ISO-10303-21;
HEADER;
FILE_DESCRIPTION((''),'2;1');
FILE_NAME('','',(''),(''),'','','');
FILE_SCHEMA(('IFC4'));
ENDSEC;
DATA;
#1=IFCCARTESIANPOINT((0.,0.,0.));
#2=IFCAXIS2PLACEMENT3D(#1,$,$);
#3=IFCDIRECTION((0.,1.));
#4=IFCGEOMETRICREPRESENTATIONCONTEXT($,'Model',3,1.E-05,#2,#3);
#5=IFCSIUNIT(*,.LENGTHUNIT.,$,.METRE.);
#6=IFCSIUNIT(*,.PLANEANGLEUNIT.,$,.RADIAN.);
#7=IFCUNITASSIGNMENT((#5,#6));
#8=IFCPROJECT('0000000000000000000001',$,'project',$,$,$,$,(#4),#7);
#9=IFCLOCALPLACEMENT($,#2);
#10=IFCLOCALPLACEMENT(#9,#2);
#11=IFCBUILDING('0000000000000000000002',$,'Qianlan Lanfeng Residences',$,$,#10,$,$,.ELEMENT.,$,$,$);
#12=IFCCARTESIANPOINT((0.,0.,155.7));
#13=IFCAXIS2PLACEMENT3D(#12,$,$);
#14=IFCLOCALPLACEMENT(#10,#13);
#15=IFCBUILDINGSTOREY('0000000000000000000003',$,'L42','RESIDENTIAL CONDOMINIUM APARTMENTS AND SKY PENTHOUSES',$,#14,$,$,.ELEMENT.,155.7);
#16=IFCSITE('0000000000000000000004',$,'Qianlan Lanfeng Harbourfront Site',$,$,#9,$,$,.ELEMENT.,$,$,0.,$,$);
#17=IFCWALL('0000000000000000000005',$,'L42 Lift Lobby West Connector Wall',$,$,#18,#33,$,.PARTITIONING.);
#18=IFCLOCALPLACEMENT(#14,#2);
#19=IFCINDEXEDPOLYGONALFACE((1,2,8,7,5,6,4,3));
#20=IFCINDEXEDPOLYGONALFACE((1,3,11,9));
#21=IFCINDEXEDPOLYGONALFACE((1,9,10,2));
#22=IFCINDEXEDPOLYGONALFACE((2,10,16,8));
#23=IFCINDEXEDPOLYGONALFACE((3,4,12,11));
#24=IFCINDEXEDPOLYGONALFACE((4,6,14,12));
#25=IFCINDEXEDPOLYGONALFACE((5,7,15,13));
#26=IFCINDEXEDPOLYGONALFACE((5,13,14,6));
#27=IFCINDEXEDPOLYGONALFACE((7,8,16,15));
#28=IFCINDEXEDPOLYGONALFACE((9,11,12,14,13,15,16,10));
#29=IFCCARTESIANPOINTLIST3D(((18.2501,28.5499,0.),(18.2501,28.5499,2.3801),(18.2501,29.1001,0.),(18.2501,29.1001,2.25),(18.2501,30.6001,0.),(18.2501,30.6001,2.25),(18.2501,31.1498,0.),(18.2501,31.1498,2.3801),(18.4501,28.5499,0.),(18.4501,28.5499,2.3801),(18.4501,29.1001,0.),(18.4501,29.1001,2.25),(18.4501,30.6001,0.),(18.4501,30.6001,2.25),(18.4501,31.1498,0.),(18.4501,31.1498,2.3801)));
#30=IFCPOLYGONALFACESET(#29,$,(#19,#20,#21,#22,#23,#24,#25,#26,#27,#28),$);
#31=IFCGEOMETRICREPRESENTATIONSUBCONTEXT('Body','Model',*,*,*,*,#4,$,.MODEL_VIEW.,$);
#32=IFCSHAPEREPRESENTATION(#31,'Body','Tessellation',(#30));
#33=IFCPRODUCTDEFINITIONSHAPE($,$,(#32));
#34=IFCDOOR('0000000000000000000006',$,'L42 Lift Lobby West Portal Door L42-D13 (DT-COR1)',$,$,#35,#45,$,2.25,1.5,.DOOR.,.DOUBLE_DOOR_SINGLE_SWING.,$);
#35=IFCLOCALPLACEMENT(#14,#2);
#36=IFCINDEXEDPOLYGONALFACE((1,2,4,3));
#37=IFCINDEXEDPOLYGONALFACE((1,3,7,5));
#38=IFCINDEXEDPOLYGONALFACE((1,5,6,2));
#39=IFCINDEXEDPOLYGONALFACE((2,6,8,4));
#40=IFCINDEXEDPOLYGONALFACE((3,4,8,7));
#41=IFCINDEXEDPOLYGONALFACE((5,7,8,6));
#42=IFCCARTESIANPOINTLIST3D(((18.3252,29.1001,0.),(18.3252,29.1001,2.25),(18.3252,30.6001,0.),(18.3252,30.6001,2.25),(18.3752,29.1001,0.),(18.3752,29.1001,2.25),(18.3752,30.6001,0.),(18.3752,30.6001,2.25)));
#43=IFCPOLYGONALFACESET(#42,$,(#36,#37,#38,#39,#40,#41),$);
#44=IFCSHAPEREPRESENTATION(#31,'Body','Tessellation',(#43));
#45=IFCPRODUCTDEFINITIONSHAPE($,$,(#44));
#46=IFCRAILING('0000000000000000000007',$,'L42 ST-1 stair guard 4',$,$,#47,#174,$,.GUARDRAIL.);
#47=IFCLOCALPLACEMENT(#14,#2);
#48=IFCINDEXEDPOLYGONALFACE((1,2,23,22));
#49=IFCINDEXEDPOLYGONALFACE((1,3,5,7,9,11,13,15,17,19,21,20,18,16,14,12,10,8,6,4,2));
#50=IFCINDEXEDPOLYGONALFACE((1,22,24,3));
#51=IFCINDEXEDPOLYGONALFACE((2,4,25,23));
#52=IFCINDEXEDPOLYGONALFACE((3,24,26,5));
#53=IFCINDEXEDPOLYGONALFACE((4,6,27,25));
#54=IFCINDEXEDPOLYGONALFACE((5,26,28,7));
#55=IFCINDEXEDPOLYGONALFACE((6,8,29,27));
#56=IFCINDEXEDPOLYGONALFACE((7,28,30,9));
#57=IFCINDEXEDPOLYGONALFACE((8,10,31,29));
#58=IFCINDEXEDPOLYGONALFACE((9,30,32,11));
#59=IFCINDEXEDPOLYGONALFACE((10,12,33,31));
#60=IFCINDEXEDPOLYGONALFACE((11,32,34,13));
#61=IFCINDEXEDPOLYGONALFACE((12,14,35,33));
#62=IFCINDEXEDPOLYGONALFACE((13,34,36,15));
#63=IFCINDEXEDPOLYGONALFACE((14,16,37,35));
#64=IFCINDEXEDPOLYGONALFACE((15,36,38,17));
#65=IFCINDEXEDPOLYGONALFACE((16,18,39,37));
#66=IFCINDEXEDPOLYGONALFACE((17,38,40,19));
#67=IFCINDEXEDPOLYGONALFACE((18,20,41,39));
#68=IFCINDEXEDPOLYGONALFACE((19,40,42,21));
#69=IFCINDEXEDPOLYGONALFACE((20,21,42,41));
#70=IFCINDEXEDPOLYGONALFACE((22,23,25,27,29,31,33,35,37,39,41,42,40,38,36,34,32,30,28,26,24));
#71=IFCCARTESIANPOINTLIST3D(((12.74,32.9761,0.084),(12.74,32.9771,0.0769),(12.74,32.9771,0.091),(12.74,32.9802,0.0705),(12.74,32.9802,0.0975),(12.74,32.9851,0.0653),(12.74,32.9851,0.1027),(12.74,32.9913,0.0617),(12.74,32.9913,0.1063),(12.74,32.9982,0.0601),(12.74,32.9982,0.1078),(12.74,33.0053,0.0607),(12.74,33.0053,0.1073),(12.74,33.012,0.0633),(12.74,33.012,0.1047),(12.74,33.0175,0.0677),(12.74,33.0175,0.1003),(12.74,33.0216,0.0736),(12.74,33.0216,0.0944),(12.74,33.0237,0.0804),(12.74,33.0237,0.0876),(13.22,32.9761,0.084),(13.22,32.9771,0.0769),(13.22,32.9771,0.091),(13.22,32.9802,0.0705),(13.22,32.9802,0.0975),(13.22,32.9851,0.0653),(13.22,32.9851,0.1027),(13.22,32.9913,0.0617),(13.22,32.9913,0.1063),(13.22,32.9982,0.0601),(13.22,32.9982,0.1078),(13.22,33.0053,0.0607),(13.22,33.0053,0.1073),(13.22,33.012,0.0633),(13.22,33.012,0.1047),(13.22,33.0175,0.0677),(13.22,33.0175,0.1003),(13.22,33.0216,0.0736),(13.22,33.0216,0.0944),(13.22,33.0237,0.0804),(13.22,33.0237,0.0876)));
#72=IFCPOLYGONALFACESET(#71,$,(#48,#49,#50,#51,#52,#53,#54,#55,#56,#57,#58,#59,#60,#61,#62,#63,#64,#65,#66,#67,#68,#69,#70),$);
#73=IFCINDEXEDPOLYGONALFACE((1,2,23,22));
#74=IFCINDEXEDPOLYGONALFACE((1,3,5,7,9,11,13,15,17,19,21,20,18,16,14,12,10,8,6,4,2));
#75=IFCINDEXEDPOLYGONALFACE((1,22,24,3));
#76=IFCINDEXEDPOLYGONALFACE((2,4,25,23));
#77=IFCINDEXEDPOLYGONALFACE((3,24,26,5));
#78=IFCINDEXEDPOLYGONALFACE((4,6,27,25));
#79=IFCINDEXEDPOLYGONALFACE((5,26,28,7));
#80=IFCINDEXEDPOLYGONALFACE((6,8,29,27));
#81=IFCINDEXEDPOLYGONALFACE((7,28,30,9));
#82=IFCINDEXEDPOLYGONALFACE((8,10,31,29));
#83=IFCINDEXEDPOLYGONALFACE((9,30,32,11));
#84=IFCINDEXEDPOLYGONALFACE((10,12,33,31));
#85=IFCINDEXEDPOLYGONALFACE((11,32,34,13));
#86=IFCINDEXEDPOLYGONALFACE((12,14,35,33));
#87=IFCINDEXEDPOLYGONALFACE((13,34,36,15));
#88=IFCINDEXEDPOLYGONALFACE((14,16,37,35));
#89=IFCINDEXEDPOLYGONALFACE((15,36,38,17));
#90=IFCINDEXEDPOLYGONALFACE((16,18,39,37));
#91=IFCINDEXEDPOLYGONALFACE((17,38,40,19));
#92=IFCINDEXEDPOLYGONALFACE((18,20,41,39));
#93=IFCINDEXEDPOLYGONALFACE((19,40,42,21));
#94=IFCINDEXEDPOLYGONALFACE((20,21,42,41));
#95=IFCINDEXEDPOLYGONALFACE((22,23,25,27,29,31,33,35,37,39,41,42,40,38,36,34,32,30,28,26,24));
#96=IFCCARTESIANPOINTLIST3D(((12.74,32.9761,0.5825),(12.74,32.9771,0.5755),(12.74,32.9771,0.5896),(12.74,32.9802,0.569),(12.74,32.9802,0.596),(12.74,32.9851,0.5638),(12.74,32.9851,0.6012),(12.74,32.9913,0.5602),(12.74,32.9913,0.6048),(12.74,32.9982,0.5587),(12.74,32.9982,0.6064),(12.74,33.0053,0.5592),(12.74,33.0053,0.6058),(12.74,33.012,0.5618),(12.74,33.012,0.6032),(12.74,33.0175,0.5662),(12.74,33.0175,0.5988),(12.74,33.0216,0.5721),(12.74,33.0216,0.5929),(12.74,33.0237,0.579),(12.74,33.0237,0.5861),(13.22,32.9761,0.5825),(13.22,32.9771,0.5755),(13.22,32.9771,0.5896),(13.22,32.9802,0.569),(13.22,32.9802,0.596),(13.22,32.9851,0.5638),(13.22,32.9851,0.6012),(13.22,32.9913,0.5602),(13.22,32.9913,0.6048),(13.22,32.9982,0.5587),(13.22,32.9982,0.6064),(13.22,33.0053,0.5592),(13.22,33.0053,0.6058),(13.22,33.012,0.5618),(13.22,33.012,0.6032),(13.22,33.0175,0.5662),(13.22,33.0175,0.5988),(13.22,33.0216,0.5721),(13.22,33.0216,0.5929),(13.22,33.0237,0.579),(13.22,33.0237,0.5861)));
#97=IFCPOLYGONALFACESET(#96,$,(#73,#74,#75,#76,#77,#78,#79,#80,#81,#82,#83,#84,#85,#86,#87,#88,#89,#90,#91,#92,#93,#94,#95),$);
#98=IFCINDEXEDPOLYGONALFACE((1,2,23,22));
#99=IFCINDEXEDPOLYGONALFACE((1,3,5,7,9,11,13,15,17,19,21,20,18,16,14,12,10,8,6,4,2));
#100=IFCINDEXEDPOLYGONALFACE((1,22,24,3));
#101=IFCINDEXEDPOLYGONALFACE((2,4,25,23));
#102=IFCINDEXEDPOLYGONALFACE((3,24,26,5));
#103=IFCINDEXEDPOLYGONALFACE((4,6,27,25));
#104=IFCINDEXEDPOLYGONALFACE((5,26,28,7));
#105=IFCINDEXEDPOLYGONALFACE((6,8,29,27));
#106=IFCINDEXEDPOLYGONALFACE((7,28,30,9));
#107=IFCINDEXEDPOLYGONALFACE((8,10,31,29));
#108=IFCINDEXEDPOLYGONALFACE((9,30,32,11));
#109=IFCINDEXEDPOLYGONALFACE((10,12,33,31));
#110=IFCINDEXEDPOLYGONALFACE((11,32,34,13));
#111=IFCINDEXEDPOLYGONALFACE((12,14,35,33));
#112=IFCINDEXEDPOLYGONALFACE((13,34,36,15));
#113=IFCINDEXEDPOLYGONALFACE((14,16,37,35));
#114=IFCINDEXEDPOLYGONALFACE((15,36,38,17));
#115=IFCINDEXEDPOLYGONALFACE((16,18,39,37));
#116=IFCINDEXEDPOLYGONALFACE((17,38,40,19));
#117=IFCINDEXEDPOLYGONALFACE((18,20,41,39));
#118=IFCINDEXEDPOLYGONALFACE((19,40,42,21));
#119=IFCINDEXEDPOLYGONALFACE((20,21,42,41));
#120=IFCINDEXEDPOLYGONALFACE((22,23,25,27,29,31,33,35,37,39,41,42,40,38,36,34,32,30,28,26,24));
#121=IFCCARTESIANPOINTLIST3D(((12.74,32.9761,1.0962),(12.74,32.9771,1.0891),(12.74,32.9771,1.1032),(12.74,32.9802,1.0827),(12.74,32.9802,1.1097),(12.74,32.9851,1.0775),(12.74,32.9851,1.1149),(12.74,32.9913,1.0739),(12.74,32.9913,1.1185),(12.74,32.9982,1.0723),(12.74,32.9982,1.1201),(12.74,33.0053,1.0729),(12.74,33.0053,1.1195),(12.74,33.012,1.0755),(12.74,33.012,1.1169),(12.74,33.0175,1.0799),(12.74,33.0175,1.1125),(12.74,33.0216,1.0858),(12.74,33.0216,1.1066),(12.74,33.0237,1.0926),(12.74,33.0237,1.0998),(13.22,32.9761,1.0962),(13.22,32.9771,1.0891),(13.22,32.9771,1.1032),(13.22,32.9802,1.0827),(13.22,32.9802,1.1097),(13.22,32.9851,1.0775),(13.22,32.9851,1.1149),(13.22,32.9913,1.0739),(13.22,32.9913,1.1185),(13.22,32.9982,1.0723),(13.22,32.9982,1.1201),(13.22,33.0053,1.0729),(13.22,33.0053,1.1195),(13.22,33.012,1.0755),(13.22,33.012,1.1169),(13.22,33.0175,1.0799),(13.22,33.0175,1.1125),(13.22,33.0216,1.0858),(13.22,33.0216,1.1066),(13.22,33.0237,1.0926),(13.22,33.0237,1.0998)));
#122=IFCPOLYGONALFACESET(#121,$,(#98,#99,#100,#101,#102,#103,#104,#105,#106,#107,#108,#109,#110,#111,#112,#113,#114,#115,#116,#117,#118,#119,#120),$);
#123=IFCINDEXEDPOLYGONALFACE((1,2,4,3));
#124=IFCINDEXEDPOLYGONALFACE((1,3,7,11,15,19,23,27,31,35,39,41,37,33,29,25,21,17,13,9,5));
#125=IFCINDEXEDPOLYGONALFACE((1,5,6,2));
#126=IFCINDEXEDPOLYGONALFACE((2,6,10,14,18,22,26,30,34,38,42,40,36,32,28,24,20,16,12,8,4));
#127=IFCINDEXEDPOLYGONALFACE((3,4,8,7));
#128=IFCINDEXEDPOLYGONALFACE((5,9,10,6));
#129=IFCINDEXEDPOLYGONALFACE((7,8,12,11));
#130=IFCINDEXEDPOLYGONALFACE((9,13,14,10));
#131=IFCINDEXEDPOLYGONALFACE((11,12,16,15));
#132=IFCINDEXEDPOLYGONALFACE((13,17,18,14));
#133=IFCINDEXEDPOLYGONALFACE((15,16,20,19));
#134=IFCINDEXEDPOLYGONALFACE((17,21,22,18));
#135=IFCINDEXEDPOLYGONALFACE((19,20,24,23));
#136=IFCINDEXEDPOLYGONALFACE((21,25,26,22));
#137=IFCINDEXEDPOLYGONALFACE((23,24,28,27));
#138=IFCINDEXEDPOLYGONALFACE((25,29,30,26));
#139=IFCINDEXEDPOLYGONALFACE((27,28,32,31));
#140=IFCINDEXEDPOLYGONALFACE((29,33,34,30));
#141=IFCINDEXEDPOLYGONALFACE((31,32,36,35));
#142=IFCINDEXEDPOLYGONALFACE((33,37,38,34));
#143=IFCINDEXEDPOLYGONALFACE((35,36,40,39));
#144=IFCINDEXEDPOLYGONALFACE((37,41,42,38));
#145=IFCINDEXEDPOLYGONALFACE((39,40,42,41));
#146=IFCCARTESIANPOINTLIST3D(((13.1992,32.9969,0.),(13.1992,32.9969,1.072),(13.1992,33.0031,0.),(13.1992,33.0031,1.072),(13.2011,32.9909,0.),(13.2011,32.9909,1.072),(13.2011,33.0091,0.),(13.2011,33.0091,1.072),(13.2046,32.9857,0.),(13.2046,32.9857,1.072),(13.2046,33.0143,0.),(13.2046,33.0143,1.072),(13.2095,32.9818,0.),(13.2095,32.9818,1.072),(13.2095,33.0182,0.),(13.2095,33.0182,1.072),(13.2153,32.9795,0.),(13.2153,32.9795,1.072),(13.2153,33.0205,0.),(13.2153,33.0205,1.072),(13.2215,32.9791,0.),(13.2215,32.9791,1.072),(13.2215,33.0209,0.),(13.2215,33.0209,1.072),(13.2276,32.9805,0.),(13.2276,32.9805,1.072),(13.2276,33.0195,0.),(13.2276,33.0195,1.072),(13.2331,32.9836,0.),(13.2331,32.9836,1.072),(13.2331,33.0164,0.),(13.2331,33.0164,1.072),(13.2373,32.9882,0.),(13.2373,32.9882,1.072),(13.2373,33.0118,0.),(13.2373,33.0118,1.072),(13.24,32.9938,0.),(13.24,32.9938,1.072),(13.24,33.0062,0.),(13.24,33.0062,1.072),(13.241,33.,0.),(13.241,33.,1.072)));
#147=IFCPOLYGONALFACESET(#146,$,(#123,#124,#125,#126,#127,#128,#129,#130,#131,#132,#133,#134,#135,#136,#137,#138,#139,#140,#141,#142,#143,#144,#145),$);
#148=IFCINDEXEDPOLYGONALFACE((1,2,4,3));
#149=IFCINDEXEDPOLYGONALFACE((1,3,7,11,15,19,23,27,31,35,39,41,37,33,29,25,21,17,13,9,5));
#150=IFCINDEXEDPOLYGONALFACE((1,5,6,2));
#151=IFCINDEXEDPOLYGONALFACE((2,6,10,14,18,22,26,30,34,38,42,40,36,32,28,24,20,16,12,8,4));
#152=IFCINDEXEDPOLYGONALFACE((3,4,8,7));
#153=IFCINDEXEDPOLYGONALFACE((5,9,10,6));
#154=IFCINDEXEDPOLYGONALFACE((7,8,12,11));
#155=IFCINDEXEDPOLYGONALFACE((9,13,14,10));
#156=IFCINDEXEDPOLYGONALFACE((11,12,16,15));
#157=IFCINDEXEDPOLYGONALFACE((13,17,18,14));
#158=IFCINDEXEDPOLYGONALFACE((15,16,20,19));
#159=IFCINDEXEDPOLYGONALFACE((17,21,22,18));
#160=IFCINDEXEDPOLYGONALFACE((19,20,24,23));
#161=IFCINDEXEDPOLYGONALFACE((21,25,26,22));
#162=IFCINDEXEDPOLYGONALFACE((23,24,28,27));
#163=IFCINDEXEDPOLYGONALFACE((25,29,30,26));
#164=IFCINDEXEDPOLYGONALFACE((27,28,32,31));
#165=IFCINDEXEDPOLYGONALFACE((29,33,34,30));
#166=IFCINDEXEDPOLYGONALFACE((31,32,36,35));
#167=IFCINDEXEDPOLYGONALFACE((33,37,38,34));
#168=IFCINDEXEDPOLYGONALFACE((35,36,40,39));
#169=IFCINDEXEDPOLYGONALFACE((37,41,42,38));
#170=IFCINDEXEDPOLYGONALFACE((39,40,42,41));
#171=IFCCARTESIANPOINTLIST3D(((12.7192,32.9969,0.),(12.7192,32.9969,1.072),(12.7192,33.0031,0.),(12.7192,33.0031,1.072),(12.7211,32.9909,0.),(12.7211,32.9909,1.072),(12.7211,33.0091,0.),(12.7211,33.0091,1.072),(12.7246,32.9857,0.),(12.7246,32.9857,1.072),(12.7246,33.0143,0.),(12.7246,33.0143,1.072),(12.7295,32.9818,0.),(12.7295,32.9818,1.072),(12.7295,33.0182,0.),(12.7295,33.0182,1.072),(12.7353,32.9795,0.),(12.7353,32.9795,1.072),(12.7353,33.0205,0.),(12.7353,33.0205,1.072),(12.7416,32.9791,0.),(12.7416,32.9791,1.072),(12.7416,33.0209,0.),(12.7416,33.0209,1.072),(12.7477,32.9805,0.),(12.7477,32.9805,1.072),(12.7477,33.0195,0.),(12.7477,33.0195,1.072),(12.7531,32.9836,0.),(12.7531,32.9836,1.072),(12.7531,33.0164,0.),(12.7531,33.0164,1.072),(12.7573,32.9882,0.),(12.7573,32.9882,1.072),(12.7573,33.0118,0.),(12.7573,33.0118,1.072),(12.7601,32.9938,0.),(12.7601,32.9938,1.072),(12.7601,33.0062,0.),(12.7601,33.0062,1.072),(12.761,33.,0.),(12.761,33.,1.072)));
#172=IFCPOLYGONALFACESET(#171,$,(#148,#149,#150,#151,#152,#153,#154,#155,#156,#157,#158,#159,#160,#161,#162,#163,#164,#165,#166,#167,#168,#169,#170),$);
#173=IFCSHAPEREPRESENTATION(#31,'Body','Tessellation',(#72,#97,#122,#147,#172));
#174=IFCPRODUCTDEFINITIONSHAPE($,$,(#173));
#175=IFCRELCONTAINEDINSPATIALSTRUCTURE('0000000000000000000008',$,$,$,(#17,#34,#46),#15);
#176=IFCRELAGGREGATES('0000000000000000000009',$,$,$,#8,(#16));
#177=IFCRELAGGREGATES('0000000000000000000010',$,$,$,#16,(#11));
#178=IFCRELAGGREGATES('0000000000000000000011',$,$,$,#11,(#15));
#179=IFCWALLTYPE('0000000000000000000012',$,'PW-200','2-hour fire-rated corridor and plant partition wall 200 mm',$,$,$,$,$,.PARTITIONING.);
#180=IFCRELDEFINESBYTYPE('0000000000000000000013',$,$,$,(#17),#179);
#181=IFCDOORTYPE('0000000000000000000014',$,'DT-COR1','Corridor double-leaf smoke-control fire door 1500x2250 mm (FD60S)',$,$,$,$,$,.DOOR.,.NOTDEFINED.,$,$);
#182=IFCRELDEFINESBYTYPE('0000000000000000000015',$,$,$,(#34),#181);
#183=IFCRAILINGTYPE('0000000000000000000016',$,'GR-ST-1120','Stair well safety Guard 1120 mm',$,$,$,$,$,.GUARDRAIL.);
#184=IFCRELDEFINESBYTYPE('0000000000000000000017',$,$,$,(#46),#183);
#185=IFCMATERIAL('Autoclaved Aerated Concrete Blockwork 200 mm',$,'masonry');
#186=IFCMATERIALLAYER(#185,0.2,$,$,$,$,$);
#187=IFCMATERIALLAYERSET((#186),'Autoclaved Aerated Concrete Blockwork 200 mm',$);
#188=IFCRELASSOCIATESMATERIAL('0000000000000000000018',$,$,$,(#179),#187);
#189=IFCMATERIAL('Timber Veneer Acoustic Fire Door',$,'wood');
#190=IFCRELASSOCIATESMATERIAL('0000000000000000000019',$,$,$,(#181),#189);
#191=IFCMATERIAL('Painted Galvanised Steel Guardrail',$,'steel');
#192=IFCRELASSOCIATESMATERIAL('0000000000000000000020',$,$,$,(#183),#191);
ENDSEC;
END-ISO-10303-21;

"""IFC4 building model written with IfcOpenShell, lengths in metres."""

from ifc_helpers import new_model, si_unit, direction, frame, frame_2d, origin, origin_2d, place, context, subcontext, project, spatial, rectangle, circle, extrude, material, layer, layer_set, type_object, element, fill, save


model = new_model("IFC4")

# Units and contexts
model_context = context("Model", 3, precision=1e-05, world=origin(), true_north=direction((0.0, 1.0)))
body_context = subcontext(model_context, "Body", "Model", "MODEL_VIEW")
ifc_project = project(units=[si_unit("LENGTHUNIT", "METRE"), si_unit("PLANEANGLEUNIT", "RADIAN")], contexts=[model_context])

# Site, building, storey
site_placement = place(None, origin())
site = spatial("IfcSite", under=ifc_project, at=site_placement, Name="Qianlan Lanfeng Harbourfront Site", CompositionType="ELEMENT", RefElevation=0.0)
building_placement = place(site_placement, origin())
building = spatial("IfcBuilding", under=site, at=building_placement, Name="Qianlan Lanfeng Residences", CompositionType="ELEMENT")
storey_placement = place(building_placement, frame((0.0, 0.0, 155.7)))
storey = spatial("IfcBuildingStorey", under=building, at=storey_placement, Name="L42", Description="RESIDENTIAL CONDOMINIUM APARTMENTS AND SKY PENTHOUSES", CompositionType="ELEMENT", Elevation=155.7)

# Wall, opening, door
ifc_material_1 = material(Name="Autoclaved Aerated Concrete Blockwork 200 mm", Category="masonry")
ifc_layer_1 = layer(ifc_material_1, 0.2)
ifc_layer_set_1 = layer_set([ifc_layer_1], Name="Autoclaved Aerated Concrete Blockwork 200 mm")
wall_type_1 = type_object("IfcWallType", Name="PW-200", Description="2-hour fire-rated corridor and plant partition wall 200 mm", PredefinedType="PARTITIONING", material=ifc_layer_set_1)
wall_1_placement = place(storey_placement, frame((18.3501, 28.55, 0.0), z_axis=(0.0, 0.0, 1.0), x_axis=(0.0, 1.0, 0.0)))
wall_1 = element("IfcWall", 1, at=wall_1_placement, inside=storey, type_object=wall_type_1, Name="L42 Lift Lobby West Connector Wall", PredefinedType="PARTITIONING", context=body_context, shape_type="SweptSolid", body=[
    extrude(rectangle(XDim=2.5999, YDim=0.2, at=frame_2d((1.2998, 0.0))), origin(), (0.0, 0.0, 1.0), 2.3801),
])
opening_1_placement = place(wall_1_placement, frame((0.55, 0.0, 0.0)))
opening_1 = element("IfcOpeningElement", 2, at=opening_1_placement, cuts=wall_1, PredefinedType="OPENING", context=body_context, shape_type="SweptSolid", body=[
    extrude(rectangle(XDim=1.5, YDim=2.25, at=frame_2d((0.75, 1.125))), frame((0.0, 0.1099, 0.0), z_axis=(0.0, -1.0, 0.0), x_axis=(1.0, 0.0, 0.0)), (0.0, 0.0, 1.0), 0.22),
])
ifc_material_2 = material(Name="Timber Veneer Acoustic Fire Door", Category="wood")
door_type_1 = type_object("IfcDoorType", Name="DT-COR1", Description="Corridor double-leaf smoke-control fire door 1500x2250 mm (FD60S)", OperationType="NOTDEFINED", PredefinedType="DOOR", material=ifc_material_2)
door_1_placement = place(opening_1_placement, origin())
door_1 = element("IfcDoor", 3, at=door_1_placement, inside=storey, type_object=door_type_1, Name="L42 Lift Lobby West Portal Door L42-D13 (DT-COR1)", OperationType="DOUBLE_DOOR_SINGLE_SWING", OverallHeight=2.25, OverallWidth=1.5, PredefinedType="DOOR", context=body_context, shape_type="SweptSolid", body=[
    extrude(rectangle(XDim=1.5, YDim=2.25, at=frame_2d((0.75, 1.125))), frame((0.0, 0.0249, 0.0), z_axis=(0.0, -1.0, 0.0), x_axis=(1.0, 0.0, 0.0)), (0.0, 0.0, 1.0), 0.05),
])
fill(opening_1, door_1)

# Railing
ifc_material_3 = material(Name="Painted Galvanised Steel Guardrail", Category="steel")
railing_type = type_object("IfcRailingType", Name="GR-ST-1120", Description="Stair well safety Guard 1120 mm", PredefinedType="GUARDRAIL", material=ifc_material_3)
railing_placement = place(storey_placement, frame((13.22, 33.0, 0.0)))
element("IfcRailing", 4, at=railing_placement, inside=storey, type_object=railing_type, Name="L42 ST-1 stair guard 4", PredefinedType="GUARDRAIL", context=body_context, shape_type="SweptSolid", body=[
    extrude(circle(Radius=0.0239, at=origin_2d()), frame((0.0, 0.0, 0.084), z_axis=(-1.0, 0.0, 0.0), x_axis=(0.0, -1.0, 0.0)), (0.0, 0.0, 1.0), 0.48),
    extrude(circle(Radius=0.0239, at=origin_2d()), frame((0.0, 0.0, 0.5825), z_axis=(-1.0, 0.0, 0.0), x_axis=(0.0, -1.0, 0.0)), (0.0, 0.0, 1.0), 0.48),
    extrude(circle(Radius=0.0239, at=origin_2d()), frame((0.0, 0.0, 1.0962), z_axis=(-1.0, 0.0, 0.0), x_axis=(0.0, -1.0, 0.0)), (0.0, 0.0, 1.0), 0.48),
    extrude(circle(Radius=0.021, at=origin_2d()), origin(), (0.0, 0.0, 1.0), 1.072),
    extrude(circle(Radius=0.021, at=origin_2d()), frame((-0.48, 0.0, 0.0)), (0.0, 0.0, 1.0), 1.072),
])

save(model, "model.ifc")
